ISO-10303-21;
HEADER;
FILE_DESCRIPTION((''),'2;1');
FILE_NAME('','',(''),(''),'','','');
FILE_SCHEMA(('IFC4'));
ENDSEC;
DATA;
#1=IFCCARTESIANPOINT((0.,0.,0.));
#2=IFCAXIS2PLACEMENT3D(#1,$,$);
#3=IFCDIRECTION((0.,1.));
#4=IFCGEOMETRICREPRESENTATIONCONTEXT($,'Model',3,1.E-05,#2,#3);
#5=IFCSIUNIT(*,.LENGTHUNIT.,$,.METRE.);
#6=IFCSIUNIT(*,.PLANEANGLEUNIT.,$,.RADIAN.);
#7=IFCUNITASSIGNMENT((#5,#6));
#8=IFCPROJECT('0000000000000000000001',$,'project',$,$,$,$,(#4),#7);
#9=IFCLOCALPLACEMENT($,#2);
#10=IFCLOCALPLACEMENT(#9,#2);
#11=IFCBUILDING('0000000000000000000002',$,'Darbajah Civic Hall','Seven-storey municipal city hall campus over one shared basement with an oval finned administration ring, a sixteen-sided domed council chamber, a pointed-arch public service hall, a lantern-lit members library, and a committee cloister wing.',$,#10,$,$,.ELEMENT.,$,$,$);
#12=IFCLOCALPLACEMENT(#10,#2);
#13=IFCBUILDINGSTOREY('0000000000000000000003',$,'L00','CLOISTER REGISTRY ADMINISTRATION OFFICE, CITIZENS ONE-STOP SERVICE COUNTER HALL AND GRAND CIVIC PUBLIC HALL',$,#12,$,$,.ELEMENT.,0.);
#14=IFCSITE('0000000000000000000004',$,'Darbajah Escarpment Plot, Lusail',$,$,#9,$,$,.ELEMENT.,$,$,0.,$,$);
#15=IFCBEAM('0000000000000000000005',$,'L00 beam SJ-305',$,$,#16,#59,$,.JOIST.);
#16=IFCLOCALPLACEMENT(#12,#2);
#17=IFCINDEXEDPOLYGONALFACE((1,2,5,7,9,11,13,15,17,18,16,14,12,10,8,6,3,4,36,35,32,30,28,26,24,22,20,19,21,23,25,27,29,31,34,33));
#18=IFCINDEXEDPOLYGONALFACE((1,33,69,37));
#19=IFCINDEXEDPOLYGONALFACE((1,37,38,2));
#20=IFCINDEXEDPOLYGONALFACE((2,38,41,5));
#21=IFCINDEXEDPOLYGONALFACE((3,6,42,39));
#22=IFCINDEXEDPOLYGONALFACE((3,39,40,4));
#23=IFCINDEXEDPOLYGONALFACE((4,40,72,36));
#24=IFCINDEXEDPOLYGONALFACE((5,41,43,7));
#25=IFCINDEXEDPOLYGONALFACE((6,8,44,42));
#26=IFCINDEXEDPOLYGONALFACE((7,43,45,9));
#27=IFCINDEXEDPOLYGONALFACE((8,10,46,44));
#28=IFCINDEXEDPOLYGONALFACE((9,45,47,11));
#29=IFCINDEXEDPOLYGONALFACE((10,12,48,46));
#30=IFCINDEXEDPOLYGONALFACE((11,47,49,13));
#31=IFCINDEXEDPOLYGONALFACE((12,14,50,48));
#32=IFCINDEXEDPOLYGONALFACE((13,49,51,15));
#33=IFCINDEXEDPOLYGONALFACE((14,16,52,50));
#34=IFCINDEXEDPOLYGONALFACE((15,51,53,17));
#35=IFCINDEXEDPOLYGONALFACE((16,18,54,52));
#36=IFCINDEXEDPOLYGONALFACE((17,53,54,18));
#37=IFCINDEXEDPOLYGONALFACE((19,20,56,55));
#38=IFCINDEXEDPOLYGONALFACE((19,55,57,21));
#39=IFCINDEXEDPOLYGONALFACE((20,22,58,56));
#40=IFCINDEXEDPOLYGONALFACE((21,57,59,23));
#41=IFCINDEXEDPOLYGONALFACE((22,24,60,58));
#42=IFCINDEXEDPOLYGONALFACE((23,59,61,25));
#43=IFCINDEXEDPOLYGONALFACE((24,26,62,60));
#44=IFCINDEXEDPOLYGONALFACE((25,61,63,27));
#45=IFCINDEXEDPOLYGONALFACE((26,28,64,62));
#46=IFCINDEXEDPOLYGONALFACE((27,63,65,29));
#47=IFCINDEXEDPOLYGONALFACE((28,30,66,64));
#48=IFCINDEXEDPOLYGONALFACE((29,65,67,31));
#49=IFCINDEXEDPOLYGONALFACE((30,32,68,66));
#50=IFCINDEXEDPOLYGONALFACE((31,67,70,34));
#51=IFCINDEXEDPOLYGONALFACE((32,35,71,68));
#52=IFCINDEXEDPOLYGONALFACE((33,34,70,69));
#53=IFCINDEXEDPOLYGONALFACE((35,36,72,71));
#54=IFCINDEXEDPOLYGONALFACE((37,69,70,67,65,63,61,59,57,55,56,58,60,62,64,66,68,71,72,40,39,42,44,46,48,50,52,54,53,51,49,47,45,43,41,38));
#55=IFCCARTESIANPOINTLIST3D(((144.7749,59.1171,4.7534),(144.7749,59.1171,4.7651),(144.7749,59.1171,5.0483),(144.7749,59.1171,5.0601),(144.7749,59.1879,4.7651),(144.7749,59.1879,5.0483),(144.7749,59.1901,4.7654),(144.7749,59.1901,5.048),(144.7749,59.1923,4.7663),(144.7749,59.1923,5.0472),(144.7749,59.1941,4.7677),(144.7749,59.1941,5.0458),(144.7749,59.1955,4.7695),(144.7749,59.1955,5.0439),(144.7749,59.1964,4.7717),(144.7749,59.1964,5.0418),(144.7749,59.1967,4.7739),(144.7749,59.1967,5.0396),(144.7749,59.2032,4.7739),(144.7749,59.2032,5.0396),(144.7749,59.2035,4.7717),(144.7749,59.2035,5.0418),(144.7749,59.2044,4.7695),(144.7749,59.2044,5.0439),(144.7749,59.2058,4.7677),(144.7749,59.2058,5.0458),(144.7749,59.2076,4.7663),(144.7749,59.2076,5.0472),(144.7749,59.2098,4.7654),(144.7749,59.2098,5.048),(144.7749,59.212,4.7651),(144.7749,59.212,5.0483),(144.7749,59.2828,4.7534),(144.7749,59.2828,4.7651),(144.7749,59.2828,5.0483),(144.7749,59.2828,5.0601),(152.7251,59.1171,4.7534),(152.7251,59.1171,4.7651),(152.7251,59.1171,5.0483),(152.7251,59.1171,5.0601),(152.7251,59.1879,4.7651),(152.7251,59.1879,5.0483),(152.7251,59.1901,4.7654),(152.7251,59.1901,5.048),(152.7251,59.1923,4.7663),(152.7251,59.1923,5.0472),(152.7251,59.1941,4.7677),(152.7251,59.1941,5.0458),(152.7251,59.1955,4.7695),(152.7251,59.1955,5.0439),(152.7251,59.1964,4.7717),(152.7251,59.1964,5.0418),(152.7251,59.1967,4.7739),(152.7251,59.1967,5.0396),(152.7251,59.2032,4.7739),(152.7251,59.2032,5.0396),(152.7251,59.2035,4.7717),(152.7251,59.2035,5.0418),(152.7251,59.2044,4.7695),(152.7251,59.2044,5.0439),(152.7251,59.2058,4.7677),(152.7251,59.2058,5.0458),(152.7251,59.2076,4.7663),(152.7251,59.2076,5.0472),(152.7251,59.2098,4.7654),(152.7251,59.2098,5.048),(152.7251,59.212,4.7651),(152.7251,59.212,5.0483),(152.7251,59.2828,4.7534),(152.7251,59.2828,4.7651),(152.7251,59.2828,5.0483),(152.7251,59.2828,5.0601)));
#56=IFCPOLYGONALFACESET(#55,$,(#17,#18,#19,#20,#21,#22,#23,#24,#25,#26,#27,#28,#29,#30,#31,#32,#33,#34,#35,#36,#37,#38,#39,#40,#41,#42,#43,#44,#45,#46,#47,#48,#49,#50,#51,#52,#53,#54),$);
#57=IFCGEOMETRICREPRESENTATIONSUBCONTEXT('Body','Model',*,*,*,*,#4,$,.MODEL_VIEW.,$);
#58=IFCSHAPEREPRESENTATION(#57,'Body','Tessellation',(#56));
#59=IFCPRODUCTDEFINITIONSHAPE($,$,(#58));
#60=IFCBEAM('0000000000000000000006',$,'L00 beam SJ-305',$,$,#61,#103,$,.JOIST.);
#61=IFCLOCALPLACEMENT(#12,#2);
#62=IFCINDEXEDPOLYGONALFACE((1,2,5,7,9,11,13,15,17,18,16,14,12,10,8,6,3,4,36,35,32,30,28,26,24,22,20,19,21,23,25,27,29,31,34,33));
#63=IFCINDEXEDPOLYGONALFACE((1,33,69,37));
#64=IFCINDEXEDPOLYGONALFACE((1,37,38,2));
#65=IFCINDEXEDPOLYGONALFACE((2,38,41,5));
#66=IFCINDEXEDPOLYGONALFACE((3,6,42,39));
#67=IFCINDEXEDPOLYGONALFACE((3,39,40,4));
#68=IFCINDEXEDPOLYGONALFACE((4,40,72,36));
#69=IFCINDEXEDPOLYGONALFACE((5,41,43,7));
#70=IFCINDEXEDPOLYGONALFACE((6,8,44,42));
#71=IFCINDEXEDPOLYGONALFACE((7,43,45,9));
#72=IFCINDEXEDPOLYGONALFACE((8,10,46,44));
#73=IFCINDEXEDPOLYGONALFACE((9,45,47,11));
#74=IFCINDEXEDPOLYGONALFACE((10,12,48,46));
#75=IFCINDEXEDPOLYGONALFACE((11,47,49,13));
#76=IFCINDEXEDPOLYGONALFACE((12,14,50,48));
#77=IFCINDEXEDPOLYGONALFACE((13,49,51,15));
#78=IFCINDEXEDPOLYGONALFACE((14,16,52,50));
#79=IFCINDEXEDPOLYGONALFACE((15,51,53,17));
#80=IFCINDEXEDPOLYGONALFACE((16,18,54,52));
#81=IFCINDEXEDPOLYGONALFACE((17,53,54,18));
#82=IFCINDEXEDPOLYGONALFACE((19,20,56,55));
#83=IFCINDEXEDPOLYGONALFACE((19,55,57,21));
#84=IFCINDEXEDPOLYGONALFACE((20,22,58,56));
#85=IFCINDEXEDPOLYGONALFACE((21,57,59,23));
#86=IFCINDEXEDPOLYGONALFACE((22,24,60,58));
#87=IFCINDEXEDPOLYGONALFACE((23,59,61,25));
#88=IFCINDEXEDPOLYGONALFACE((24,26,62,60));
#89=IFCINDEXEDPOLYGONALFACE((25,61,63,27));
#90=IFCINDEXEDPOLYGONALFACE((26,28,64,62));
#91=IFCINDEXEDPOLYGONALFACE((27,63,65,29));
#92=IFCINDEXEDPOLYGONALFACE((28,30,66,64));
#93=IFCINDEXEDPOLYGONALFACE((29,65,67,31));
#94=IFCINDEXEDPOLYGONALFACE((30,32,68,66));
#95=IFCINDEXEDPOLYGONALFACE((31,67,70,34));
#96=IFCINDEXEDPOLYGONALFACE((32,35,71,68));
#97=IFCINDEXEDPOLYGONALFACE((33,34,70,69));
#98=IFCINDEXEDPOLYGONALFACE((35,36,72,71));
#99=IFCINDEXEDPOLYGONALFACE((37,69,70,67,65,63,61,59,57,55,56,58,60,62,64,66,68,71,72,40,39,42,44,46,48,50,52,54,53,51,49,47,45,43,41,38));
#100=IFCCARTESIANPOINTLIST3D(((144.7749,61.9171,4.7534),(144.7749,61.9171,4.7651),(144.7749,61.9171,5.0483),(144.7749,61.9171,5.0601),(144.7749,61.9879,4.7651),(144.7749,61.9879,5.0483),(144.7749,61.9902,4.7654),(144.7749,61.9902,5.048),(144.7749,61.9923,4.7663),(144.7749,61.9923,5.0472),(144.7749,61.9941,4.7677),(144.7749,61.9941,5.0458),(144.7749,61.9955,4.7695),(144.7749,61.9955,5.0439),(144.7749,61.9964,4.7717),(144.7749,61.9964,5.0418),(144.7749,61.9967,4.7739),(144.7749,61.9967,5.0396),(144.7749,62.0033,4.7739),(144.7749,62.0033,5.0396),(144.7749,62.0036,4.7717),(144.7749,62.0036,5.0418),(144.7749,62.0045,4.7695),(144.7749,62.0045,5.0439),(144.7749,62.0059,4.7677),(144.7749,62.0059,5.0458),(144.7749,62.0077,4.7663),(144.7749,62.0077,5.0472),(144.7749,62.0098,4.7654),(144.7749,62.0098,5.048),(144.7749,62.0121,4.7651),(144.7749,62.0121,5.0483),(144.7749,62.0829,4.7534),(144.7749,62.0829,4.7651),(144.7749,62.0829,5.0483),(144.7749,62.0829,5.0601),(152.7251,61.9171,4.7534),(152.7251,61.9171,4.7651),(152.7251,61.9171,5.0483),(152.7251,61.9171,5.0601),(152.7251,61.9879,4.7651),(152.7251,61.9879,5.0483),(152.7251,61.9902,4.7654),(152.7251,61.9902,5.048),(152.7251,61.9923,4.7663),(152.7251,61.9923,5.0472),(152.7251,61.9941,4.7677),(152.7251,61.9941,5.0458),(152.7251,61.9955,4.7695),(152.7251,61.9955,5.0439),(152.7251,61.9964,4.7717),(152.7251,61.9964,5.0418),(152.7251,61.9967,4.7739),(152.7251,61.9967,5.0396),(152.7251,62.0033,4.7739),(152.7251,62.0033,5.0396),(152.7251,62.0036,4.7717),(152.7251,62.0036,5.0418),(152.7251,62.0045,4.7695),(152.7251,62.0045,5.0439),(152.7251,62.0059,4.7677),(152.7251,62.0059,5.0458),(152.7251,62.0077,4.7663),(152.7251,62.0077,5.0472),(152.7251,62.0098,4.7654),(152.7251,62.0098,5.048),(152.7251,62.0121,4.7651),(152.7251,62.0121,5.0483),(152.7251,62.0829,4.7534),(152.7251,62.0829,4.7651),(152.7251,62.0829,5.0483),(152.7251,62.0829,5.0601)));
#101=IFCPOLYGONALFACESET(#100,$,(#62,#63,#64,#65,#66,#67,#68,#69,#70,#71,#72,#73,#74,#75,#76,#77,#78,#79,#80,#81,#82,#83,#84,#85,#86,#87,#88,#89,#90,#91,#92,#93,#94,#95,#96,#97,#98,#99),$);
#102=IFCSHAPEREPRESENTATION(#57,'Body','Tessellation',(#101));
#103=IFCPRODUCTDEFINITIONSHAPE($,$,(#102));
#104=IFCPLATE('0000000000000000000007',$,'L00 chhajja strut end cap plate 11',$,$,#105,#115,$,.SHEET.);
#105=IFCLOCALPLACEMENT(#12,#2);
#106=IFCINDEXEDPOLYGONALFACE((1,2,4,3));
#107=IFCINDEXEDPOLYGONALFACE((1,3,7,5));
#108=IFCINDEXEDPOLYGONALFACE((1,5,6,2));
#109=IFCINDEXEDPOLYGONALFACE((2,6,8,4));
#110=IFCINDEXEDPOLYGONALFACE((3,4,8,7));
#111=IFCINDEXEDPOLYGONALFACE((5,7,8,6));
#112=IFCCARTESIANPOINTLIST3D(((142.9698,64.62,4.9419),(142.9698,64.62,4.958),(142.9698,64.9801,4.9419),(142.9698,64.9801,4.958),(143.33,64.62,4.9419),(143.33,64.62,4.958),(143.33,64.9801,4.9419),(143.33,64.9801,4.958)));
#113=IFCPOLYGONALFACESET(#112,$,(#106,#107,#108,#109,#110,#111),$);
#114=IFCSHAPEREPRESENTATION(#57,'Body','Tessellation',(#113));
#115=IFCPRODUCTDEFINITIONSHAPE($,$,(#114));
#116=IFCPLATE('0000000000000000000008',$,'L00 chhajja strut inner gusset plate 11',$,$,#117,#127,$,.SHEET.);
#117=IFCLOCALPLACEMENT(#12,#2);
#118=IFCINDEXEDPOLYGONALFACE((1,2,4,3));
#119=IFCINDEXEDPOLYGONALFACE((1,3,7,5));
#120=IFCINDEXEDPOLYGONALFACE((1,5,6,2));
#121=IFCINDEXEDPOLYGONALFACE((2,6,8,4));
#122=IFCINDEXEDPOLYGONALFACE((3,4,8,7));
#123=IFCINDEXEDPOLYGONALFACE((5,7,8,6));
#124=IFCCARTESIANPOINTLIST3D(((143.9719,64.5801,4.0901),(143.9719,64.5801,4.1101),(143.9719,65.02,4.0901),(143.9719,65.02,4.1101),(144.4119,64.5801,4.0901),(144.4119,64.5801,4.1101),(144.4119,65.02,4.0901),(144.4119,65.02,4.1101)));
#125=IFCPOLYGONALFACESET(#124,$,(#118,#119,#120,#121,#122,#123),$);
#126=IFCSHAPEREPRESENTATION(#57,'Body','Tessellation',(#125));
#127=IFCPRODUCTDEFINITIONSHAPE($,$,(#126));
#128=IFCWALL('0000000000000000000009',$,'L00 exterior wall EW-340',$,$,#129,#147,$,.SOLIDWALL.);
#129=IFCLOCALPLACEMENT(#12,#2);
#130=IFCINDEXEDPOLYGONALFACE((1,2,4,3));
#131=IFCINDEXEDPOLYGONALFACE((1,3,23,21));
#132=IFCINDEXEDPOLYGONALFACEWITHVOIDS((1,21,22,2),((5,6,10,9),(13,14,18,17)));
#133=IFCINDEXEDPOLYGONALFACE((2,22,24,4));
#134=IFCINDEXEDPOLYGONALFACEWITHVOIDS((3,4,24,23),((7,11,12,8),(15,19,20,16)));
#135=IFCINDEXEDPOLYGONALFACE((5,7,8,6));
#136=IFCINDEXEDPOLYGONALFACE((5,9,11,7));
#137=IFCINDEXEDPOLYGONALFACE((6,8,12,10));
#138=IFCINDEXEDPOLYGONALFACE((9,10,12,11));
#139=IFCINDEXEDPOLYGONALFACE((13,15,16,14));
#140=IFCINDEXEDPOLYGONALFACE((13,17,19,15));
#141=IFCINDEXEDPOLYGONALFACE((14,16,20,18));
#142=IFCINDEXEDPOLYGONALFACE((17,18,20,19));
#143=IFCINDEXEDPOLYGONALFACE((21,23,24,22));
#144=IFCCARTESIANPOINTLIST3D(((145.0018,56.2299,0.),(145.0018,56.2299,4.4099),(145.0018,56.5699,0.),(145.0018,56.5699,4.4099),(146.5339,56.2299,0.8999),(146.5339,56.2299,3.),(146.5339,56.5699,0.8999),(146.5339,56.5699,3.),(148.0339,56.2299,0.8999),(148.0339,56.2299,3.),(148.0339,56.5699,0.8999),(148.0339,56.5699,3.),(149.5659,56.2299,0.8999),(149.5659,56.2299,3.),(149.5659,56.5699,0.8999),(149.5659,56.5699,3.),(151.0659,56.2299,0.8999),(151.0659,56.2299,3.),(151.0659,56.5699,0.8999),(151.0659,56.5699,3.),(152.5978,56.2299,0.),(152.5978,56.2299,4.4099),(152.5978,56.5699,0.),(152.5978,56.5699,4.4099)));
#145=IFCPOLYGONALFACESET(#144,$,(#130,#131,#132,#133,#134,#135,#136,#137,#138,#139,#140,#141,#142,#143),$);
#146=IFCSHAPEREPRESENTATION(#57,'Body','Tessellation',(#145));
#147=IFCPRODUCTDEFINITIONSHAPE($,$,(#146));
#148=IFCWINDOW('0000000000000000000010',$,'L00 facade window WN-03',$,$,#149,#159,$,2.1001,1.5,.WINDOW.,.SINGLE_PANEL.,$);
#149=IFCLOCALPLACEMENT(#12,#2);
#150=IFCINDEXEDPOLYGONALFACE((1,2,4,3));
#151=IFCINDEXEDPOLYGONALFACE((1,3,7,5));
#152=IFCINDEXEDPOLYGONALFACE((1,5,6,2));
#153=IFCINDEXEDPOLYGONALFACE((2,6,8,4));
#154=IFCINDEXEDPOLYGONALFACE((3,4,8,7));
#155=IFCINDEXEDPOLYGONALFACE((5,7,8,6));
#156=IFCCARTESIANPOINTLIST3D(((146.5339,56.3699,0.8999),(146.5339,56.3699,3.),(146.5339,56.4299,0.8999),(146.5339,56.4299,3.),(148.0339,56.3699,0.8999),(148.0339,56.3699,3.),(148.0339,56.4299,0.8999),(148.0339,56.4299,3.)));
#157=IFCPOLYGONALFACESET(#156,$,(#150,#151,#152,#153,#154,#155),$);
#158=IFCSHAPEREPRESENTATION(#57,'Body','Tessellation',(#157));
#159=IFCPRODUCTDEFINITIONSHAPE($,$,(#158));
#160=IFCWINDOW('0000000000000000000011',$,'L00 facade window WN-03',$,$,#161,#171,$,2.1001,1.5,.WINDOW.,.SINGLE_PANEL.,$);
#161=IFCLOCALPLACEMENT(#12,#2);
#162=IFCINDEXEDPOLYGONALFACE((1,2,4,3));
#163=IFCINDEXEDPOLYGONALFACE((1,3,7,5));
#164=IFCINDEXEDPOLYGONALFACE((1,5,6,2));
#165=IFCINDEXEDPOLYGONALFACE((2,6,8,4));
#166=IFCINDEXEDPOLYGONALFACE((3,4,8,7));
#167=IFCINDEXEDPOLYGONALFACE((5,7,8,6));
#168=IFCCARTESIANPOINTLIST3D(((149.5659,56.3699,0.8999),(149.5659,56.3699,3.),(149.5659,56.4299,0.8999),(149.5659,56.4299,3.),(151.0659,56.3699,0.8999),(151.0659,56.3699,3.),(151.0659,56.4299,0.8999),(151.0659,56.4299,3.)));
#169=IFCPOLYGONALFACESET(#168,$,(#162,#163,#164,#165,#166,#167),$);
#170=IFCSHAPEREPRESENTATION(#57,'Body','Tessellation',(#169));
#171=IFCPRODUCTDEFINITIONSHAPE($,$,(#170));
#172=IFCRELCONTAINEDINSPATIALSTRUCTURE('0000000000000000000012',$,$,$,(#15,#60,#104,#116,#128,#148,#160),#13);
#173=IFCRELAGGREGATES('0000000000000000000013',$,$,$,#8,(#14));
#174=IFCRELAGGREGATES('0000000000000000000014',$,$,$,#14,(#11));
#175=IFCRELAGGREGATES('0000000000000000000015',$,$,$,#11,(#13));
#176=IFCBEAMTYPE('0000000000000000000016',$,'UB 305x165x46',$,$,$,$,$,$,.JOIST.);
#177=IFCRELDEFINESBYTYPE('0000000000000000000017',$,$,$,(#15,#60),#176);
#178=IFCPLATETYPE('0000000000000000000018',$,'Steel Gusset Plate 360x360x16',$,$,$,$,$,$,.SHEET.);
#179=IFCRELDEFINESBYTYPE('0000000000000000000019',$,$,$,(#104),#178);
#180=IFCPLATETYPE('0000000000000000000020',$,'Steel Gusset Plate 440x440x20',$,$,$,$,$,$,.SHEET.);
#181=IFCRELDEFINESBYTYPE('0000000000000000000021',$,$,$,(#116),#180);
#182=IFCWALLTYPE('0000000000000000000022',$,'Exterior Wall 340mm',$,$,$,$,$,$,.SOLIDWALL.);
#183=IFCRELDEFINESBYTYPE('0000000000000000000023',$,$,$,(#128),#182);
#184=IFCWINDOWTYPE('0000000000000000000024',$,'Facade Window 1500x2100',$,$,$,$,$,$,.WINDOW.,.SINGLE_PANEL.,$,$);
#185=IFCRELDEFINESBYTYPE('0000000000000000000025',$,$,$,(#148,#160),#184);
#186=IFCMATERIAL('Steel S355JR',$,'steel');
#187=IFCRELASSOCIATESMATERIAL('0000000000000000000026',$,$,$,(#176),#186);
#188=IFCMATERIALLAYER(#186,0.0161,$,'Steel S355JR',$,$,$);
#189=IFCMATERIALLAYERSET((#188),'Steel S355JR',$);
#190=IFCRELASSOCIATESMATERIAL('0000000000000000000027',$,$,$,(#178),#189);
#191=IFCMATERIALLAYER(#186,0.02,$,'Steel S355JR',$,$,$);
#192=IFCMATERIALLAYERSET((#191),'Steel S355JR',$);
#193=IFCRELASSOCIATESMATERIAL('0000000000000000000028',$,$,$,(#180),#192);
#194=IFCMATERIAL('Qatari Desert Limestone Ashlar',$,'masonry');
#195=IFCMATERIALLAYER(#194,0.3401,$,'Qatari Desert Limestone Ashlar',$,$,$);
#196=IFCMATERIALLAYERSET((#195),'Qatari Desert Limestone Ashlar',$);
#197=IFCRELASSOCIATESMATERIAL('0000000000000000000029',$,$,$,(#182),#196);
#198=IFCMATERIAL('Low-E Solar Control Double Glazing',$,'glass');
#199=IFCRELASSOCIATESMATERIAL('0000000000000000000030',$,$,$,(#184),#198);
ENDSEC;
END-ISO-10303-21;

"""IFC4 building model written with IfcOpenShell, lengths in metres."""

from ifc_helpers import new_model, si_unit, direction, frame, frame_2d, origin, origin_2d, place, context, subcontext, project, spatial, rectangle, i_section, extrude, material, layer, layer_set, material_profile, profile_set, type_object, element, fill, save


model = new_model("IFC4")

# Units and contexts
model_context = context("Model", 3, precision=1e-05, world=origin(), true_north=direction((0.0, 1.0)))
body_context = subcontext(model_context, "Body", "Model", "MODEL_VIEW")
ifc_project = project(units=[si_unit("LENGTHUNIT", "METRE"), si_unit("PLANEANGLEUNIT", "RADIAN")], contexts=[model_context])

# Site, building, storey
site_placement = place(None, origin())
site = spatial("IfcSite", under=ifc_project, at=site_placement, Name="Darbajah Escarpment Plot, Lusail", CompositionType="ELEMENT", RefElevation=0.0)
building_placement = place(site_placement, origin())
building = spatial("IfcBuilding", under=site, at=building_placement, Name="Darbajah Civic Hall", Description="Seven-storey municipal city hall campus over one shared basement with an oval finned administration ring, a sixteen-sided domed council chamber, a pointed-arch public service hall, a lantern-lit members library, and a committee cloister wing.", CompositionType="ELEMENT")
storey_placement = place(building_placement, origin())
storey = spatial("IfcBuildingStorey", under=building, at=storey_placement, Name="L00", Description="CLOISTER REGISTRY ADMINISTRATION OFFICE, CITIZENS ONE-STOP SERVICE COUNTER HALL AND GRAND CIVIC PUBLIC HALL", CompositionType="ELEMENT", Elevation=0.0)

# Shared definitions
ifc_material_1 = material(Name="Steel S355JR", Category="steel")

# Beams
ifc_material_profile_1 = material_profile(ifc_material_1, i_section(OverallWidth=0.1658, OverallDepth=0.3066, WebThickness=0.0066, FlangeThickness=0.0117, FilletRadius=0.0088, at=origin_2d()), Name="UB 305x165x46")
ifc_profile_set_1 = profile_set([ifc_material_profile_1], Name="Steel S355JR")
beam_type_1 = type_object("IfcBeamType", Name="UB 305x165x46", PredefinedType="JOIST", material=ifc_profile_set_1)
for number, where, z_axis, x_axis, name in (
    (1, (144.7749, 59.2, 4.9067), (1.0, 0.0, 0.0), (0.0, 1.0, 0.0), "L00 beam SJ-305"),
    (2, (144.7749, 62.0, 4.9067), (1.0, 0.0, 0.0), (0.0, 1.0, 0.0), "L00 beam SJ-305"),
):
    element("IfcBeam", number, at=place(storey_placement, frame(where, z_axis=z_axis, x_axis=x_axis)), inside=storey, type_object=beam_type_1, Name=name, PredefinedType="JOIST", context=body_context, shape_type="SweptSolid", body=[
        extrude(i_section(OverallWidth=0.1658, OverallDepth=0.3066, WebThickness=0.0066, FlangeThickness=0.0117, FilletRadius=0.0088, at=origin_2d()), origin(), (0.0, 0.0, 1.0), 7.9502),
    ])

# Plates
ifc_layer_1 = layer(ifc_material_1, 0.0161, Name="Steel S355JR")
ifc_layer_set_1 = layer_set([ifc_layer_1], Name="Steel S355JR")
plate_type_1 = type_object("IfcPlateType", Name="Steel Gusset Plate 360x360x16", PredefinedType="SHEET", material=ifc_layer_set_1)
plate_1_placement = place(storey_placement, frame((143.1499, 64.8, 4.9419), z_axis=(0.0, 0.0, 1.0), x_axis=(1.0, 0.0, 0.0)))
element("IfcPlate", 3, at=plate_1_placement, inside=storey, type_object=plate_type_1, Name="L00 chhajja strut end cap plate 11", PredefinedType="SHEET", context=body_context, shape_type="SweptSolid", body=[
    extrude(rectangle(XDim=0.3601, YDim=0.3601, at=origin_2d()), origin(), (0.0, 0.0, 1.0), 0.0161),
])
ifc_layer_2 = layer(ifc_material_1, 0.02, Name="Steel S355JR")
ifc_layer_set_2 = layer_set([ifc_layer_2], Name="Steel S355JR")
plate_type_2 = type_object("IfcPlateType", Name="Steel Gusset Plate 440x440x20", PredefinedType="SHEET", material=ifc_layer_set_2)
plate_2_placement = place(storey_placement, frame((144.1919, 64.8, 4.0901), z_axis=(0.0, 0.0, 1.0), x_axis=(1.0, 0.0, 0.0)))
element("IfcPlate", 4, at=plate_2_placement, inside=storey, type_object=plate_type_2, Name="L00 chhajja strut inner gusset plate 11", PredefinedType="SHEET", context=body_context, shape_type="SweptSolid", body=[
    extrude(rectangle(XDim=0.4399, YDim=0.4399, at=origin_2d()), origin(), (0.0, 0.0, 1.0), 0.02),
])

# Wall, openings, windows
ifc_material_2 = material(Name="Qatari Desert Limestone Ashlar", Category="masonry")
ifc_layer_3 = layer(ifc_material_2, 0.3401, Name="Qatari Desert Limestone Ashlar")
ifc_layer_set_3 = layer_set([ifc_layer_3], Name="Qatari Desert Limestone Ashlar")
wall_type_1 = type_object("IfcWallType", Name="Exterior Wall 340mm", PredefinedType="SOLIDWALL", material=ifc_layer_set_3)
wall_1_placement = place(storey_placement, frame((145.002, 56.3999, 0.0), z_axis=(0.0, 0.0, 1.0), x_axis=(1.0, 0.0, 0.0)))
wall_1 = element("IfcWall", 5, at=wall_1_placement, inside=storey, type_object=wall_type_1, Name="L00 exterior wall EW-340", PredefinedType="SOLIDWALL", context=body_context, shape_type="SweptSolid", body=[
    extrude(rectangle(XDim=7.5959, YDim=0.3401, at=frame_2d((3.7979, 0.0))), origin(), (0.0, 0.0, 1.0), 4.4099),
])
opening_1_placement = place(wall_1_placement, frame((1.532, 0.0, 0.8999)))
opening_1 = element("IfcOpeningElement", 6, at=opening_1_placement, cuts=wall_1, PredefinedType="OPENING", context=body_context, shape_type="SweptSolid", body=[
    extrude(rectangle(XDim=1.5, YDim=2.1001, at=frame_2d((0.75, 1.05))), frame((0.0, 0.1799, 0.0), z_axis=(0.0, -1.0, 0.0), x_axis=(1.0, 0.0, 0.0)), (0.0, 0.0, 1.0), 0.3601),
])
opening_2_placement = place(wall_1_placement, frame((4.564, 0.0, 0.8999)))
opening_2 = element("IfcOpeningElement", 7, at=opening_2_placement, cuts=wall_1, PredefinedType="OPENING", context=body_context, shape_type="SweptSolid", body=[
    extrude(rectangle(XDim=1.5, YDim=2.1001, at=frame_2d((0.75, 1.05))), frame((0.0, 0.1799, 0.0), z_axis=(0.0, -1.0, 0.0), x_axis=(1.0, 0.0, 0.0)), (0.0, 0.0, 1.0), 0.3601),
])
ifc_material_3 = material(Name="Low-E Solar Control Double Glazing", Category="glass")
window_type_1 = type_object("IfcWindowType", Name="Facade Window 1500x2100", PartitioningType="SINGLE_PANEL", PredefinedType="WINDOW", material=ifc_material_3)
window_1_placement = place(opening_1_placement, origin())
window_1 = element("IfcWindow", 8, at=window_1_placement, inside=storey, type_object=window_type_1, Name="L00 facade window WN-03", OverallHeight=2.1001, OverallWidth=1.5, PartitioningType="SINGLE_PANEL", PredefinedType="WINDOW", context=body_context, shape_type="SweptSolid", body=[
    extrude(rectangle(XDim=1.5, YDim=2.1001, at=frame_2d((0.75, 1.05))), frame((0.0, 0.03, 0.0), z_axis=(0.0, -1.0, 0.0), x_axis=(1.0, 0.0, 0.0)), (0.0, 0.0, 1.0), 0.0601),
])
fill(opening_1, window_1)
window_2_placement = place(opening_2_placement, origin())
window_2 = element("IfcWindow", 9, at=window_2_placement, inside=storey, type_object=window_type_1, Name="L00 facade window WN-03", OverallHeight=2.1001, OverallWidth=1.5, PartitioningType="SINGLE_PANEL", PredefinedType="WINDOW", context=body_context, shape_type="SweptSolid", body=[
    extrude(rectangle(XDim=1.5, YDim=2.1001, at=frame_2d((0.75, 1.05))), frame((0.0, 0.03, 0.0), z_axis=(0.0, -1.0, 0.0), x_axis=(1.0, 0.0, 0.0)), (0.0, 0.0, 1.0), 0.0601),
])
fill(opening_2, window_2)

save(model, "model.ifc")
